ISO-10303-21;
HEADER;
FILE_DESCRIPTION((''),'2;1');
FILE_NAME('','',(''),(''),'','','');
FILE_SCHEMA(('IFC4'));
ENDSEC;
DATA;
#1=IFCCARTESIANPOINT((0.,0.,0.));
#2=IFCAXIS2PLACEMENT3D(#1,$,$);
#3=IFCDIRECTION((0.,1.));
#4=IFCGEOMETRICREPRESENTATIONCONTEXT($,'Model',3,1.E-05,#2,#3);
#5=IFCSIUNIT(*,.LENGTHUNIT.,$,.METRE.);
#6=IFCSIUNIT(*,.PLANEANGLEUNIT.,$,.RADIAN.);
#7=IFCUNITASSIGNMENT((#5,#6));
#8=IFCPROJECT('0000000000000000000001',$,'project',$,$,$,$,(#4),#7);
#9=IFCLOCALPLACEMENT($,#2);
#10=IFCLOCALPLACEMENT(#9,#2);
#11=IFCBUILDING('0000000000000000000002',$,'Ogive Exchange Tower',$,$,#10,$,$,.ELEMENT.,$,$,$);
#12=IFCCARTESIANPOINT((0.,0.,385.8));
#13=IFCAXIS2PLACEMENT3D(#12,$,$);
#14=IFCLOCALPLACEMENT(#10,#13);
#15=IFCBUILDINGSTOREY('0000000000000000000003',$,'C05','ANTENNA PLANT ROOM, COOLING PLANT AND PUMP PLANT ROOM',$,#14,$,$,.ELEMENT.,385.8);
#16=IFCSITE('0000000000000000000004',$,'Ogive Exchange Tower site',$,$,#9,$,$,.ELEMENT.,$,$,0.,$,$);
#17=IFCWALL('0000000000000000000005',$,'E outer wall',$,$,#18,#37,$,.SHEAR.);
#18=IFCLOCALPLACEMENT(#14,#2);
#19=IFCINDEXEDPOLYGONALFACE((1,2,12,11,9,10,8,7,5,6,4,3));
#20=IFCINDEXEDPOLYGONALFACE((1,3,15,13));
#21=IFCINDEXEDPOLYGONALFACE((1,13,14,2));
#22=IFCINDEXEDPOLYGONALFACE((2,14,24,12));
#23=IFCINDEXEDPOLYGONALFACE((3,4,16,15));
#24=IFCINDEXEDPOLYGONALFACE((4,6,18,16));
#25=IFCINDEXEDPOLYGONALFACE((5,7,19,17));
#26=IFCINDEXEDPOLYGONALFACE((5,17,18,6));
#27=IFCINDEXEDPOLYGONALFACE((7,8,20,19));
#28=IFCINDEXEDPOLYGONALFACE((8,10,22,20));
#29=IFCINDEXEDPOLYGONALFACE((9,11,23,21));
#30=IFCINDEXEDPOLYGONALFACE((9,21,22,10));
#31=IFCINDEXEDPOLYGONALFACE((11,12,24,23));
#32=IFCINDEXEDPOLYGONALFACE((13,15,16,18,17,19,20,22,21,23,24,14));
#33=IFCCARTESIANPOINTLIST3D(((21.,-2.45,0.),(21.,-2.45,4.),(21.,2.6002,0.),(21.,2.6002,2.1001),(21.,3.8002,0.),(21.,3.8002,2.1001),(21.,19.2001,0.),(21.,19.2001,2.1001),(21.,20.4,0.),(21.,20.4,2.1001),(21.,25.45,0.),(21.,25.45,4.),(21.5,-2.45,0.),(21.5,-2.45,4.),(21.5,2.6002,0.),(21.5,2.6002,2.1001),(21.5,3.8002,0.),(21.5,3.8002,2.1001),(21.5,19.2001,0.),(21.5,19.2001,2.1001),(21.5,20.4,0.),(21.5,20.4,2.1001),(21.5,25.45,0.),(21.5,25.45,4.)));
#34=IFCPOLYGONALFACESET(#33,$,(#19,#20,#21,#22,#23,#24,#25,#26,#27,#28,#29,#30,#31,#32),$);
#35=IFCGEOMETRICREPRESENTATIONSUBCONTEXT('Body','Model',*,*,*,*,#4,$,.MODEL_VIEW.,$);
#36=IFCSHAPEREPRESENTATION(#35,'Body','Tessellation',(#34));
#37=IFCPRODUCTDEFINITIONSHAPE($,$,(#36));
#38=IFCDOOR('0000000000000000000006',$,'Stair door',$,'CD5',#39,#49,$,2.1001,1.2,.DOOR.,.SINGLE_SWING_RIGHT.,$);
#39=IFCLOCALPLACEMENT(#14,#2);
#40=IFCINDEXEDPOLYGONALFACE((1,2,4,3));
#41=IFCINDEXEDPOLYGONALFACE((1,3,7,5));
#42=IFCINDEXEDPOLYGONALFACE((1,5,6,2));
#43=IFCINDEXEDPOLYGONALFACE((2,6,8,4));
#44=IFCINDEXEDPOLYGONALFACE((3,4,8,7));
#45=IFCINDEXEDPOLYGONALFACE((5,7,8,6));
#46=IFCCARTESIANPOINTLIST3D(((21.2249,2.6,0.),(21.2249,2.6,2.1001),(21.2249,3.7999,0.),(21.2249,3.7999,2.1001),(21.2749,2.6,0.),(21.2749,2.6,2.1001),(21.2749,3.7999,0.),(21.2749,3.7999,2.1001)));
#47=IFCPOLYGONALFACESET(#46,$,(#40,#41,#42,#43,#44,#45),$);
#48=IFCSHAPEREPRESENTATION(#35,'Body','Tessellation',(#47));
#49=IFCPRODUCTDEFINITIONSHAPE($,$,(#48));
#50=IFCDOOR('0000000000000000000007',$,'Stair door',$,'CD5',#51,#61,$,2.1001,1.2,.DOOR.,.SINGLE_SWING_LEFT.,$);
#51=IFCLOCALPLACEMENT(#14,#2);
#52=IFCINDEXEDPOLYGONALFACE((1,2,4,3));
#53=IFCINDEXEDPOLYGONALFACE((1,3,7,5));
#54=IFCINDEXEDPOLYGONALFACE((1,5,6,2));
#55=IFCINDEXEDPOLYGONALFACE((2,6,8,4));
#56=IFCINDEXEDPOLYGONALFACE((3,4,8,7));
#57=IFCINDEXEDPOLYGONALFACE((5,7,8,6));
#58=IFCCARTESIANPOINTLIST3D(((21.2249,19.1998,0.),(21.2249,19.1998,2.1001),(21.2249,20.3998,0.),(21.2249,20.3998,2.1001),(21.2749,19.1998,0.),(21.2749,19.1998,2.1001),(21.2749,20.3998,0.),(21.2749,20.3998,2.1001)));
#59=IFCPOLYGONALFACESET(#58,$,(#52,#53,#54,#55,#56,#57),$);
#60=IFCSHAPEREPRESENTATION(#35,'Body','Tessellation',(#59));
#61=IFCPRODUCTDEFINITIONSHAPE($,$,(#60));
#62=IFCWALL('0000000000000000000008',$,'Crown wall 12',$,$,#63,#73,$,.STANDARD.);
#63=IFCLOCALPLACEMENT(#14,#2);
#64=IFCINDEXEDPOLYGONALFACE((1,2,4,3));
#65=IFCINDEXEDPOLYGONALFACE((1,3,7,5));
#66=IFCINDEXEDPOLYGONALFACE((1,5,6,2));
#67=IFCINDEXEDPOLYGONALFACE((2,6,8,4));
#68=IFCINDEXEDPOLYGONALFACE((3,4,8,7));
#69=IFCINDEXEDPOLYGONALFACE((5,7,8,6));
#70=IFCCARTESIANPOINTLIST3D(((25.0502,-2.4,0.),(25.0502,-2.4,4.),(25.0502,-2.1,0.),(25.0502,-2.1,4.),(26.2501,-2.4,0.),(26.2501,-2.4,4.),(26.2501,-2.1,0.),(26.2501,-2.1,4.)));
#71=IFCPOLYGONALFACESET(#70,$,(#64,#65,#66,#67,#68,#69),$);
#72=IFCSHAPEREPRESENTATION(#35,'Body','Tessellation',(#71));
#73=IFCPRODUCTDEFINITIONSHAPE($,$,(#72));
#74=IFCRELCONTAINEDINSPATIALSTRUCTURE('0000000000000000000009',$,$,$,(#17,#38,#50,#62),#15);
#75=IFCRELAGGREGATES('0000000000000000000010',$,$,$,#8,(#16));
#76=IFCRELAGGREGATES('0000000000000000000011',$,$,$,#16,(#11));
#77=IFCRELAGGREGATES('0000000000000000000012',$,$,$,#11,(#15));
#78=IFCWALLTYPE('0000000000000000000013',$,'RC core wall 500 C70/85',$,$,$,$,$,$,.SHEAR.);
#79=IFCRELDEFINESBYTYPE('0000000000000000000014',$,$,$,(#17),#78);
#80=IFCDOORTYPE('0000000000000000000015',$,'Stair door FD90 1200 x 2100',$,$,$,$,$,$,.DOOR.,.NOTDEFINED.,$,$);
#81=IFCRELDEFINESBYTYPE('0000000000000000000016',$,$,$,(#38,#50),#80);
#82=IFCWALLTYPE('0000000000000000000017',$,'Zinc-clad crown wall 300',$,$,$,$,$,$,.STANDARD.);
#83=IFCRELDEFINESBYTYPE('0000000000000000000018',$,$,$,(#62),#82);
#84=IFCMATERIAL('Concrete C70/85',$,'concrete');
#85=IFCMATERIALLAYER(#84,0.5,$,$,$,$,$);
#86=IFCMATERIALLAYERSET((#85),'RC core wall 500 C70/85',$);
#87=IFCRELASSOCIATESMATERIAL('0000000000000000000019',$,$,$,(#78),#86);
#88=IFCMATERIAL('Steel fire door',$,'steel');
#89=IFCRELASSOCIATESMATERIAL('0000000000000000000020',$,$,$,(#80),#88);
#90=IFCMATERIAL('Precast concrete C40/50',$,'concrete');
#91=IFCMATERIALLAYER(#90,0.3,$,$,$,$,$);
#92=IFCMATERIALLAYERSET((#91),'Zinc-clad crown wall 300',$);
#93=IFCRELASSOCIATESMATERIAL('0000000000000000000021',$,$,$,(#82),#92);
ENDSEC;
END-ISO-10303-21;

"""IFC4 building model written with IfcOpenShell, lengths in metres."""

from ifc_helpers import new_model, si_unit, direction, frame, frame_2d, origin, place, context, subcontext, project, spatial, rectangle, extrude, material, layer, layer_set, type_object, element, fill, save


model = new_model("IFC4")

# Units and contexts
model_context = context("Model", 3, precision=1e-05, world=origin(), true_north=direction((0.0, 1.0)))
body_context = subcontext(model_context, "Body", "Model", "MODEL_VIEW")
ifc_project = project(units=[si_unit("LENGTHUNIT", "METRE"), si_unit("PLANEANGLEUNIT", "RADIAN")], contexts=[model_context])

# Site, building, storey
site_placement = place(None, origin())
site = spatial("IfcSite", under=ifc_project, at=site_placement, Name="Ogive Exchange Tower site", CompositionType="ELEMENT", RefElevation=0.0)
building_placement = place(site_placement, origin())
building = spatial("IfcBuilding", under=site, at=building_placement, Name="Ogive Exchange Tower", CompositionType="ELEMENT")
storey_placement = place(building_placement, frame((0.0, 0.0, 385.8)))
storey = spatial("IfcBuildingStorey", under=building, at=storey_placement, Name="C05", Description="ANTENNA PLANT ROOM, COOLING PLANT AND PUMP PLANT ROOM", CompositionType="ELEMENT", Elevation=385.8)

# Shared definitions
ifc_material_1 = material(Name="Concrete C70/85", Category="concrete")
ifc_material_2 = material(Name="Steel fire door", Category="steel")

# Wall, openings, doors
ifc_layer_1 = layer(ifc_material_1, 0.5)
ifc_layer_set_1 = layer_set([ifc_layer_1], Name="RC core wall 500 C70/85")
wall_type_1 = type_object("IfcWallType", Name="RC core wall 500 C70/85", PredefinedType="SHEAR", material=ifc_layer_set_1)
wall_1_placement = place(storey_placement, frame((21.25, -2.45, 0.0), z_axis=(0.0, 0.0, 1.0), x_axis=(0.0, 1.0, 0.0)))
wall_1 = element("IfcWall", 1, at=wall_1_placement, inside=storey, type_object=wall_type_1, Name="E outer wall", PredefinedType="SHEAR", context=body_context, shape_type="SweptSolid", body=[
    extrude(rectangle(XDim=27.8999, YDim=0.5, at=frame_2d((13.95, 0.0))), origin(), (0.0, 0.0, 1.0), 4.0),
])
opening_1_placement = place(wall_1_placement, frame((5.05, 0.0, 0.0)))
opening_1 = element("IfcOpeningElement", 2, at=opening_1_placement, cuts=wall_1, PredefinedType="OPENING", context=body_context, shape_type="SweptSolid", body=[
    extrude(rectangle(XDim=1.2, YDim=2.1001, at=frame_2d((0.6001, 1.05))), frame((0.0, 0.26, 0.0), z_axis=(0.0, -1.0, 0.0), x_axis=(1.0, 0.0, 0.0)), (0.0, 0.0, 1.0), 0.52),
])
opening_2_placement = place(wall_1_placement, frame((21.6499, 0.0, 0.0)))
opening_2 = element("IfcOpeningElement", 3, at=opening_2_placement, cuts=wall_1, PredefinedType="OPENING", context=body_context, shape_type="SweptSolid", body=[
    extrude(rectangle(XDim=1.2, YDim=2.1001, at=frame_2d((0.6001, 1.05))), frame((0.0, 0.26, 0.0), z_axis=(0.0, -1.0, 0.0), x_axis=(1.0, 0.0, 0.0)), (0.0, 0.0, 1.0), 0.52),
])
door_type_1 = type_object("IfcDoorType", Name="Stair door FD90 1200 x 2100", OperationType="NOTDEFINED", PredefinedType="DOOR", material=ifc_material_2)
door_1_placement = place(opening_1_placement, frame((1.2, 0.0, 0.0), z_axis=(0.0, 0.0, 1.0), x_axis=(-1.0, 0.0, 0.0)))
door_1 = element("IfcDoor", 4, at=door_1_placement, inside=storey, type_object=door_type_1, Name="Stair door", ObjectType="CD5", OperationType="SINGLE_SWING_RIGHT", OverallHeight=2.1001, OverallWidth=1.2, PredefinedType="DOOR", context=body_context, shape_type="SweptSolid", body=[
    extrude(rectangle(XDim=1.2, YDim=2.1001, at=frame_2d((0.6001, 1.05))), frame((0.0, 0.0249, 0.0), z_axis=(0.0, -1.0, 0.0), x_axis=(1.0, 0.0, 0.0)), (0.0, 0.0, 1.0), 0.05),
])
fill(opening_1, door_1)
door_2_placement = place(opening_2_placement, frame((1.2, 0.0, 0.0), z_axis=(0.0, 0.0, 1.0), x_axis=(-1.0, 0.0, 0.0)))
door_2 = element("IfcDoor", 5, at=door_2_placement, inside=storey, type_object=door_type_1, Name="Stair door", ObjectType="CD5", OperationType="SINGLE_SWING_LEFT", OverallHeight=2.1001, OverallWidth=1.2, PredefinedType="DOOR", context=body_context, shape_type="SweptSolid", body=[
    extrude(rectangle(XDim=1.2, YDim=2.1001, at=frame_2d((0.6001, 1.05))), frame((0.0, 0.0249, 0.0), z_axis=(0.0, -1.0, 0.0), x_axis=(1.0, 0.0, 0.0)), (0.0, 0.0, 1.0), 0.05),
])
fill(opening_2, door_2)

# Wall
ifc_material_3 = material(Name="Precast concrete C40/50", Category="concrete")
ifc_layer_2 = layer(ifc_material_3, 0.3)
ifc_layer_set_2 = layer_set([ifc_layer_2], Name="Zinc-clad crown wall 300")
wall_type_2 = type_object("IfcWallType", Name="Zinc-clad crown wall 300", PredefinedType="STANDARD", material=ifc_layer_set_2)
wall_2_placement = place(storey_placement, frame((25.05, -2.25, 0.0), z_axis=(0.0, 0.0, 1.0), x_axis=(1.0, 0.0, 0.0)))
element("IfcWall", 6, at=wall_2_placement, inside=storey, type_object=wall_type_2, Name="Crown wall 12", PredefinedType="STANDARD", context=body_context, shape_type="SweptSolid", body=[
    extrude(rectangle(XDim=1.2, YDim=0.3, at=frame_2d((0.6001, 0.0))), origin(), (0.0, 0.0, 1.0), 4.0),
])

save(model, "model.ifc")
